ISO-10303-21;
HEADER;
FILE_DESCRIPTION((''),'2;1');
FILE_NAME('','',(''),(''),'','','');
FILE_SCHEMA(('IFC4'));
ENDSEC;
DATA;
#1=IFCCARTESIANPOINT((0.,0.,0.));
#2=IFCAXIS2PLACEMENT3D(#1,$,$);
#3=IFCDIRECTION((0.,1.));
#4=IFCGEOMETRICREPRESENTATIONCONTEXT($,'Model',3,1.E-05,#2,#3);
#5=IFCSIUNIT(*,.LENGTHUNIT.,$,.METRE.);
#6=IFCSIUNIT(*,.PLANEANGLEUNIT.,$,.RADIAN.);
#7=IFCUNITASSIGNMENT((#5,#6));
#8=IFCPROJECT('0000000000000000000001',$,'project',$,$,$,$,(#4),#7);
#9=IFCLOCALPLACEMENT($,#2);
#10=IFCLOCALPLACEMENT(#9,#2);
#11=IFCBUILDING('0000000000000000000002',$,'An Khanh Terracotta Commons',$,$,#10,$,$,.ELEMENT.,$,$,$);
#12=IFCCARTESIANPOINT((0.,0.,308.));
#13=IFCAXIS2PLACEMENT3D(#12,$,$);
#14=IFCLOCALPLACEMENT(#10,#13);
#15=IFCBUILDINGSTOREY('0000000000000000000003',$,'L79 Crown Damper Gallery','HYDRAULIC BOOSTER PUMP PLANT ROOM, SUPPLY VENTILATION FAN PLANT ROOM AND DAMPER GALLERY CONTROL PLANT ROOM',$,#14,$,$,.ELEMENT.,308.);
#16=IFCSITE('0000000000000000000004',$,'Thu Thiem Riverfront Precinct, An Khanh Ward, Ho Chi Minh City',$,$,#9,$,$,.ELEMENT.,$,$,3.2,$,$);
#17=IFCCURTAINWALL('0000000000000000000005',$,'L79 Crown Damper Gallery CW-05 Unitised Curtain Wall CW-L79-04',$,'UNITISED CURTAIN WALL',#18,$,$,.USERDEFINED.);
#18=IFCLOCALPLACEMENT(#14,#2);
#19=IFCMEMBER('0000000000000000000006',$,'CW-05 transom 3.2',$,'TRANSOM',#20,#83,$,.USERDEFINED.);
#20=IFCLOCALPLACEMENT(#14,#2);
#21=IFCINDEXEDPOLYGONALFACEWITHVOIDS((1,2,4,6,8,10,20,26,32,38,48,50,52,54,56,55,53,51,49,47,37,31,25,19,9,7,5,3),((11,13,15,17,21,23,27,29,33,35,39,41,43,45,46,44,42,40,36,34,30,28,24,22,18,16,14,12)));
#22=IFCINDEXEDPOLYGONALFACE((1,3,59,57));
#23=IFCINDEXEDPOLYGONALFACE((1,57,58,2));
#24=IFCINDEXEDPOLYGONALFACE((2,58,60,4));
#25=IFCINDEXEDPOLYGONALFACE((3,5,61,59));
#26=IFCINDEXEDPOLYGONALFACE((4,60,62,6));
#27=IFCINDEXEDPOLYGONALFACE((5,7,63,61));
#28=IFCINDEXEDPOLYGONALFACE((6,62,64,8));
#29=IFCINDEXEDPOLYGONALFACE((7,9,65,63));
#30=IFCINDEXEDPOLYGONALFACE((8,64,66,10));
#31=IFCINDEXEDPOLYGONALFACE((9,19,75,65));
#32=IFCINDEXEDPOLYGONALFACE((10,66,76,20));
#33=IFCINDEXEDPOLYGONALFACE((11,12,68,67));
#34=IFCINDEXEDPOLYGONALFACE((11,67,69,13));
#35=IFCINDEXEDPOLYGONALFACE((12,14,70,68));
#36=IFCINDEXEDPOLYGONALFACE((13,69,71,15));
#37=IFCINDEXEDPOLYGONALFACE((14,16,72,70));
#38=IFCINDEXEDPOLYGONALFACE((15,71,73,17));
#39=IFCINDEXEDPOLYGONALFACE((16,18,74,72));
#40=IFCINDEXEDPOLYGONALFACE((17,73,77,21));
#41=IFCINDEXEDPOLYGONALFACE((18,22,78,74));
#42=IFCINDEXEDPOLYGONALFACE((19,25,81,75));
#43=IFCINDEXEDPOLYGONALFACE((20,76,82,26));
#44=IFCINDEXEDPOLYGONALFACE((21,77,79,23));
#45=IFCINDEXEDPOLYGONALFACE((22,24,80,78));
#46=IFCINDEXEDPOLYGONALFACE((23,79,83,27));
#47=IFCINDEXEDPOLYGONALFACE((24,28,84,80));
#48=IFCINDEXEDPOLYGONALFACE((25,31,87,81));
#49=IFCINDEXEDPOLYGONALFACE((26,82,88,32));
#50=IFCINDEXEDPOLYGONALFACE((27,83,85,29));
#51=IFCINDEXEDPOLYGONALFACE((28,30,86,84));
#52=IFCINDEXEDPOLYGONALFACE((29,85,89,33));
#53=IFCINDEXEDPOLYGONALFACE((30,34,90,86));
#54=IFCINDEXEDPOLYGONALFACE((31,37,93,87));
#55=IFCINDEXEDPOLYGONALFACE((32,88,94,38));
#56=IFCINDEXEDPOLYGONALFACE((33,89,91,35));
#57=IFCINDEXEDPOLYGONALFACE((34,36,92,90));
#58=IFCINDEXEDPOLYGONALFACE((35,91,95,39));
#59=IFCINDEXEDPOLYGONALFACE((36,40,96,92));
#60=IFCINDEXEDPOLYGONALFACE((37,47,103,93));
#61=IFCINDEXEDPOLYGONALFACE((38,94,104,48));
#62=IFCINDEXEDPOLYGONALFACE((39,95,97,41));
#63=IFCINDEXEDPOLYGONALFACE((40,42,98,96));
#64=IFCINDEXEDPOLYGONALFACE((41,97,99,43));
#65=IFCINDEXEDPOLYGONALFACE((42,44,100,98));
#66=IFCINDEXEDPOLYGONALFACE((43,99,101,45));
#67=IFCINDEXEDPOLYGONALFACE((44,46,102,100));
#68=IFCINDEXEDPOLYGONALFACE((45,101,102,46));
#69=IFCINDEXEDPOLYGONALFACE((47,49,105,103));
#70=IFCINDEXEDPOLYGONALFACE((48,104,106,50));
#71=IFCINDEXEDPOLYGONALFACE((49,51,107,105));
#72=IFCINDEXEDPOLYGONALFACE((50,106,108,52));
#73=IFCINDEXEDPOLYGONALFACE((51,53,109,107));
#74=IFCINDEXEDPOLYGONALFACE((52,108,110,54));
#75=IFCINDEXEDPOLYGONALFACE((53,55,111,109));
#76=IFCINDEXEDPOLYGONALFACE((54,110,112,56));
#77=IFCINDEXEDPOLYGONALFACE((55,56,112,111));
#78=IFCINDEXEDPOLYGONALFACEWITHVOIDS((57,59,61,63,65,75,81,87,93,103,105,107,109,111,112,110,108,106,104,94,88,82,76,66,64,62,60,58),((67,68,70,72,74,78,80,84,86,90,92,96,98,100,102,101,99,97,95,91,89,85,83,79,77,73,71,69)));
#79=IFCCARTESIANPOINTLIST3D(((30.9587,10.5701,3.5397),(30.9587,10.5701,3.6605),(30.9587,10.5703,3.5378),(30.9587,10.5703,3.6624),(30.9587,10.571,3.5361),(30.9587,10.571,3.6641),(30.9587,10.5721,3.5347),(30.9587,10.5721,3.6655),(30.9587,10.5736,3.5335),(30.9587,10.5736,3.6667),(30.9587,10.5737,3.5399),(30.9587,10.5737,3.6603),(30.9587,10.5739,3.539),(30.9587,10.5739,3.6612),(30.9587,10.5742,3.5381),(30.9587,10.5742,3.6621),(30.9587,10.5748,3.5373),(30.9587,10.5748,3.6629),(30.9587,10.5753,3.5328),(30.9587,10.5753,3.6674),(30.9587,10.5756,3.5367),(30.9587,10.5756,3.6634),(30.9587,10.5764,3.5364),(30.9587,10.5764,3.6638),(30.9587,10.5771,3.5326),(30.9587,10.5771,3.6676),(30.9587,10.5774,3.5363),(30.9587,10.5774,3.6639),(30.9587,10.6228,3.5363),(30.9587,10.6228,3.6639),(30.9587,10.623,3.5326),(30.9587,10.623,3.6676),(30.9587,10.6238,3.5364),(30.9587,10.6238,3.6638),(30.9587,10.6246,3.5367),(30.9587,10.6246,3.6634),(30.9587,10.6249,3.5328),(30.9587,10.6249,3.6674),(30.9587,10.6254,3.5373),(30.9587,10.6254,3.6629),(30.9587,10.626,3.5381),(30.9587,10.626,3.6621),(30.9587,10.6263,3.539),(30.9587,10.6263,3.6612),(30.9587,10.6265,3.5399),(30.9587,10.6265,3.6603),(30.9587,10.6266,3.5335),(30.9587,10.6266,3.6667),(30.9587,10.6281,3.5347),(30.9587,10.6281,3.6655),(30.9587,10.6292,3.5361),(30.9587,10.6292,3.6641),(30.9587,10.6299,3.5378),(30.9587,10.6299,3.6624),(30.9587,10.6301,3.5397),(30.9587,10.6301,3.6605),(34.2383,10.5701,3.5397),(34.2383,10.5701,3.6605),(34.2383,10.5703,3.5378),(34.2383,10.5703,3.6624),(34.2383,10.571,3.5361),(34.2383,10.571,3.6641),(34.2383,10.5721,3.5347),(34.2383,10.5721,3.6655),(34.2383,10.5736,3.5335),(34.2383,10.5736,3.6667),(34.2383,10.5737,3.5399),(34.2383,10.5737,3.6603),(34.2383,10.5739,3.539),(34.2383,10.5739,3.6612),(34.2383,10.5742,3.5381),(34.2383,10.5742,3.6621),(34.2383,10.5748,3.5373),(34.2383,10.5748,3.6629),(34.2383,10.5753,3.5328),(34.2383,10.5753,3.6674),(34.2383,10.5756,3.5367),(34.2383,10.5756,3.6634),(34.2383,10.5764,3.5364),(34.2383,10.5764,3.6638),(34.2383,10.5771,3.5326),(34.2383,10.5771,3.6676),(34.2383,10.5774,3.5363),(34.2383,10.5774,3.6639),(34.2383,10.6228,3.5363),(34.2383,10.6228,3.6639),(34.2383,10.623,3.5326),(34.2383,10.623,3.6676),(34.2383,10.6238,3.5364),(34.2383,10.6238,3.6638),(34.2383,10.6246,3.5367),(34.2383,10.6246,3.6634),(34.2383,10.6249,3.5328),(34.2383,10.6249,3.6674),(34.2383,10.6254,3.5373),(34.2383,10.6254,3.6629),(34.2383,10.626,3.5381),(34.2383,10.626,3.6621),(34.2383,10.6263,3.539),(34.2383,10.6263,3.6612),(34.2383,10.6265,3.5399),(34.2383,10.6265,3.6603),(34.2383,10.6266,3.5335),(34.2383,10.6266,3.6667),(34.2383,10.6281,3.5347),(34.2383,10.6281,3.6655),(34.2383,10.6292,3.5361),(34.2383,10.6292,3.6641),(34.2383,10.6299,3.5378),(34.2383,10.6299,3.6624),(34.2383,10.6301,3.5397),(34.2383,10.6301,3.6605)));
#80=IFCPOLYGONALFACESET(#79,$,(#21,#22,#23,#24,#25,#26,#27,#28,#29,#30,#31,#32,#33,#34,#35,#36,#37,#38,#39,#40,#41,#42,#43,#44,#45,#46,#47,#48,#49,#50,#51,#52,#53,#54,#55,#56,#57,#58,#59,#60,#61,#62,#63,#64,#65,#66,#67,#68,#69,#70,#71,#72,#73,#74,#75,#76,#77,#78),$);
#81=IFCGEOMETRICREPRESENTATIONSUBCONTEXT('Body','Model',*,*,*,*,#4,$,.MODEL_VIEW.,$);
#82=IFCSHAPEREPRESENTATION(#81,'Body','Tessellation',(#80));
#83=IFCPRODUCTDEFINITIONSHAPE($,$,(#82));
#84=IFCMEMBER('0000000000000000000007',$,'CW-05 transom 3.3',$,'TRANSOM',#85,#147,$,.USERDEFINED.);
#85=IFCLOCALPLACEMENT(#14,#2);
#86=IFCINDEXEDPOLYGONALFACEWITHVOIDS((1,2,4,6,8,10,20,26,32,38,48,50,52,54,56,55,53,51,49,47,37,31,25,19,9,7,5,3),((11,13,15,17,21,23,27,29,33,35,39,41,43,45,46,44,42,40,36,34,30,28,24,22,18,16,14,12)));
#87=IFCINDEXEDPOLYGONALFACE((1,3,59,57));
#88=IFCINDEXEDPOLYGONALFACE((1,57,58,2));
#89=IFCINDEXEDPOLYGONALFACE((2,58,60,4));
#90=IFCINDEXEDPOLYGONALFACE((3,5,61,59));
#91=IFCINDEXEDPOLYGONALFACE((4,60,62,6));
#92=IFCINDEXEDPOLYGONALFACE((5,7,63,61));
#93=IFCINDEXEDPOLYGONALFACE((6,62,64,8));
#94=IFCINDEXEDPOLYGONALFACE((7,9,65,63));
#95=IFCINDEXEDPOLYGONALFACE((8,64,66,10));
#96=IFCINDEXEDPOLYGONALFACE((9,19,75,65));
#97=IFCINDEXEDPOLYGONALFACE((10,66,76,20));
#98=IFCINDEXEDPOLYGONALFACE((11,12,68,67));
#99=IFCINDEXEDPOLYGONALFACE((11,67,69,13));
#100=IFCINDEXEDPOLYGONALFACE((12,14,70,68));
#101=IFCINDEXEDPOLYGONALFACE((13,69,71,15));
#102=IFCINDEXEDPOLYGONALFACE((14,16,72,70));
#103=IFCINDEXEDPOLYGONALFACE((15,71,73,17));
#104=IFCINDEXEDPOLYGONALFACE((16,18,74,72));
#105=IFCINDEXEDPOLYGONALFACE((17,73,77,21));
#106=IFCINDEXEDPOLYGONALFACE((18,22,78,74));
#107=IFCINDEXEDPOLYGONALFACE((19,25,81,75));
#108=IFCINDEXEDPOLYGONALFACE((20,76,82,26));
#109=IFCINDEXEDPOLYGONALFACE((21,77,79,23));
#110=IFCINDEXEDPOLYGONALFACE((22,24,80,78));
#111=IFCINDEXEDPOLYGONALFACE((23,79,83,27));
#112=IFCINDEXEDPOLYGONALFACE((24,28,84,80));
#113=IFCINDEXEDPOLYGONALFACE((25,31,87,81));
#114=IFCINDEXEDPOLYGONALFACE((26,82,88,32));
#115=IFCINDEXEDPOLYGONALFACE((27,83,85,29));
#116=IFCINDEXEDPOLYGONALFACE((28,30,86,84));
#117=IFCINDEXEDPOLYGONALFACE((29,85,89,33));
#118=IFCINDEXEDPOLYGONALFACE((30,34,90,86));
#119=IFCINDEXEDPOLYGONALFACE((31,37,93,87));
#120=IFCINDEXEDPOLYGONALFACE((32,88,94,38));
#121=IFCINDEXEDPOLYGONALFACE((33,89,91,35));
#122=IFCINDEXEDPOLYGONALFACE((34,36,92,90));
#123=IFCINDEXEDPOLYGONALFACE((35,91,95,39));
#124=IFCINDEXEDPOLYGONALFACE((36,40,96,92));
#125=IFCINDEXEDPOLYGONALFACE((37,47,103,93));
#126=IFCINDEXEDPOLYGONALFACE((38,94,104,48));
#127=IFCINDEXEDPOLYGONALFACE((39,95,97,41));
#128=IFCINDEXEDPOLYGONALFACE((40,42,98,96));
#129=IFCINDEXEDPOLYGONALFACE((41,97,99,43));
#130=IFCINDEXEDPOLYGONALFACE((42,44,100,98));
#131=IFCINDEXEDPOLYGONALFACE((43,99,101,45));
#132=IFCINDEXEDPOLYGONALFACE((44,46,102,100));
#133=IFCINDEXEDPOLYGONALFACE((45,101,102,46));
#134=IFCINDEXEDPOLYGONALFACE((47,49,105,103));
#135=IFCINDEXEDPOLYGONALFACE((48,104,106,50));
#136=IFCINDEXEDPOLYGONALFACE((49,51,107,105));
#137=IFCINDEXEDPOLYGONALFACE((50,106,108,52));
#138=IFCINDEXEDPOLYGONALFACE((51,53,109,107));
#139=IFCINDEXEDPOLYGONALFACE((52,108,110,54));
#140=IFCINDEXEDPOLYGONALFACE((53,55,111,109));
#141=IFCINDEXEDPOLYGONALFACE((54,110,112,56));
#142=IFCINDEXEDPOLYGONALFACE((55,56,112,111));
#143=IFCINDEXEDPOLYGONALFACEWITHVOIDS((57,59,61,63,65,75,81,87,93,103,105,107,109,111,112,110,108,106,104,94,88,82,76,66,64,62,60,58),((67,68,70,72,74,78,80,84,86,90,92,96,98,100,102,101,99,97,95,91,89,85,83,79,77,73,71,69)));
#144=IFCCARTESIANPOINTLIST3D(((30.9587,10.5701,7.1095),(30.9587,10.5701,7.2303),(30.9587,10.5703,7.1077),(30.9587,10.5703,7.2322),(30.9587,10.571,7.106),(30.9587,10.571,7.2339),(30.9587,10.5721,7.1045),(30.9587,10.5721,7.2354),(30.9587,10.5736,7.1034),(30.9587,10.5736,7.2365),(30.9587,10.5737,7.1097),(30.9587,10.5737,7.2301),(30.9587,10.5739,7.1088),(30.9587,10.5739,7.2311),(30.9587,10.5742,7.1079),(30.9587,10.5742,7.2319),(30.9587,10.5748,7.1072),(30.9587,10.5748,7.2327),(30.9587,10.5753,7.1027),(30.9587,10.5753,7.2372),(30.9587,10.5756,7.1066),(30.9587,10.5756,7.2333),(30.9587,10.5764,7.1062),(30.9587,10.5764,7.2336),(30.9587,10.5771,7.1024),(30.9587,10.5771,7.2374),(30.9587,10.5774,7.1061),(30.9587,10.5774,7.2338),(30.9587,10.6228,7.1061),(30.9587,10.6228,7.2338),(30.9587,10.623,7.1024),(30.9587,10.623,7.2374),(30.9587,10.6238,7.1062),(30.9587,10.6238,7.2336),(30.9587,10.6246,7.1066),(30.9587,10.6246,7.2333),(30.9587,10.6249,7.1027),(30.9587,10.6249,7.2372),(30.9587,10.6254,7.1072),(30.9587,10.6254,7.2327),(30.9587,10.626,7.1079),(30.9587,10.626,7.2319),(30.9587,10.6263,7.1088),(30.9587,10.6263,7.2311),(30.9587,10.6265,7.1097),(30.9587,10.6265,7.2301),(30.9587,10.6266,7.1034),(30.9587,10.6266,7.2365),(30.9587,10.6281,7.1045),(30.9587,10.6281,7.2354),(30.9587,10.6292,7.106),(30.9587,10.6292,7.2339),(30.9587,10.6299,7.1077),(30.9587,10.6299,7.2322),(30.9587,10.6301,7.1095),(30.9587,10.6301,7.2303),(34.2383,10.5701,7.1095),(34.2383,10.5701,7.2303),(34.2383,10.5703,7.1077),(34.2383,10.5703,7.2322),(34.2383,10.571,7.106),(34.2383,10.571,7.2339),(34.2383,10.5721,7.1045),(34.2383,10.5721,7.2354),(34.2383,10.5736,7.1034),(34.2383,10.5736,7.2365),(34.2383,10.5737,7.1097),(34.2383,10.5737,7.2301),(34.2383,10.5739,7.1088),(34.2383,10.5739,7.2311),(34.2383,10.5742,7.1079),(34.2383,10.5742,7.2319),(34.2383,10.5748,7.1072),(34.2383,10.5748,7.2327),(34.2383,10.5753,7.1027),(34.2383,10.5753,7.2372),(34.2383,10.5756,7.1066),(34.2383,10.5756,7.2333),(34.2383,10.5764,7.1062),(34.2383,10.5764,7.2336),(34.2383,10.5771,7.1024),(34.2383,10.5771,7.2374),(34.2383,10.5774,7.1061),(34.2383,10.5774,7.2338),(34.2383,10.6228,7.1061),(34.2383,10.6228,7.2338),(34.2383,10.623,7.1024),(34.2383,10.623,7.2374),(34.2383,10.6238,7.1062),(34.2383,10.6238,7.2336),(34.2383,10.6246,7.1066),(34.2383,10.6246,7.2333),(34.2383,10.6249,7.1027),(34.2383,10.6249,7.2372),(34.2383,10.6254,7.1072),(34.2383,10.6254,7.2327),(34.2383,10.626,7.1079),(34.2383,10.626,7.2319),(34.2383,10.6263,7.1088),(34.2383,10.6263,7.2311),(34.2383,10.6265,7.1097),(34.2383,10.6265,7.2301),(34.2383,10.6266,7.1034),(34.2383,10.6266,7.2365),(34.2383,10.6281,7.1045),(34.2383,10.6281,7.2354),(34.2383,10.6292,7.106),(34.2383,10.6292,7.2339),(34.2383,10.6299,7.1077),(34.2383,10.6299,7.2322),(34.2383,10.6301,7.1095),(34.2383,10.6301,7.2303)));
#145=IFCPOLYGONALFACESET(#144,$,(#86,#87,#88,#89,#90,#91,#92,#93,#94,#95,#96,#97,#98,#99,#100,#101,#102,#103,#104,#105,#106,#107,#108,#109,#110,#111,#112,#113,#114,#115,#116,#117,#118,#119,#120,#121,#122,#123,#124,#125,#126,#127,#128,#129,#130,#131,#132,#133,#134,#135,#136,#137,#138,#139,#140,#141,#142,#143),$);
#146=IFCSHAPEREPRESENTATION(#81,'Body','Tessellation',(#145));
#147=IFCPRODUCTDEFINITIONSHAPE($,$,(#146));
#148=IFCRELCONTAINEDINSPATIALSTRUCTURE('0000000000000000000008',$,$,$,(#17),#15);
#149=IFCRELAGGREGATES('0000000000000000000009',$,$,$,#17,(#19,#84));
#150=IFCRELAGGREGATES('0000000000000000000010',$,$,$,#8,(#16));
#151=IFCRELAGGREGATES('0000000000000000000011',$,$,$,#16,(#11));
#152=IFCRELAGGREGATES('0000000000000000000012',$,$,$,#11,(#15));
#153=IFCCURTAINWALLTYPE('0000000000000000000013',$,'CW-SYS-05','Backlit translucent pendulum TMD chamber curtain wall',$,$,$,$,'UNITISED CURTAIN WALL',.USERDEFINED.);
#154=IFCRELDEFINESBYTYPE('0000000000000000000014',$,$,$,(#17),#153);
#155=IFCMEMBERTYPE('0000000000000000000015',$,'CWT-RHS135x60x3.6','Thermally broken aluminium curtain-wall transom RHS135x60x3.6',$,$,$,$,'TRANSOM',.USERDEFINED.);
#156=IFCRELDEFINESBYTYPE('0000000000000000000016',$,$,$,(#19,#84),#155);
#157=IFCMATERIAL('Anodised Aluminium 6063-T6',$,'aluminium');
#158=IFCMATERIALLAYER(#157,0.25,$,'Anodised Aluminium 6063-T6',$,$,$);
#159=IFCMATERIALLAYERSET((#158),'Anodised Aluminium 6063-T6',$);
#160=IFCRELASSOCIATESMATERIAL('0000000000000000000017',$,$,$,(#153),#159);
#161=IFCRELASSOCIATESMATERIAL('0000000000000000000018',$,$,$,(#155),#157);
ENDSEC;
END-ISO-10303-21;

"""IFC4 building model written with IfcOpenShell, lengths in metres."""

from ifc_helpers import new_model, si_unit, direction, frame, origin, origin_2d, place, context, subcontext, project, spatial, hollow_rectangle, extrude, material, layer, layer_set, material_profile, profile_set, type_object, element, aggregate, save


model = new_model("IFC4")

# Units and contexts
model_context = context("Model", 3, precision=1e-05, world=origin(), true_north=direction((0.0, 1.0)))
body_context = subcontext(model_context, "Body", "Model", "MODEL_VIEW")
ifc_project = project(units=[si_unit("LENGTHUNIT", "METRE"), si_unit("PLANEANGLEUNIT", "RADIAN")], contexts=[model_context])

# Site, building, storey
site_placement = place(None, origin())
site = spatial("IfcSite", under=ifc_project, at=site_placement, Name="Thu Thiem Riverfront Precinct, An Khanh Ward, Ho Chi Minh City", CompositionType="ELEMENT", RefElevation=3.2)
building_placement = place(site_placement, origin())
building = spatial("IfcBuilding", under=site, at=building_placement, Name="An Khanh Terracotta Commons", CompositionType="ELEMENT")
storey_placement = place(building_placement, frame((0.0, 0.0, 308.0)))
storey = spatial("IfcBuildingStorey", under=building, at=storey_placement, Name="L79 Crown Damper Gallery", Description="HYDRAULIC BOOSTER PUMP PLANT ROOM, SUPPLY VENTILATION FAN PLANT ROOM AND DAMPER GALLERY CONTROL PLANT ROOM", CompositionType="ELEMENT", Elevation=308.0)

# Curtain wall, members
ifc_material_1 = material(Name="Anodised Aluminium 6063-T6", Category="aluminium")
ifc_layer_1 = layer(ifc_material_1, 0.25, Name="Anodised Aluminium 6063-T6")
ifc_layer_set_1 = layer_set([ifc_layer_1], Name="Anodised Aluminium 6063-T6")
curtain_wall_type = type_object("IfcCurtainWallType", Name="CW-SYS-05", Description="Backlit translucent pendulum TMD chamber curtain wall", ElementType="UNITISED CURTAIN WALL", PredefinedType="USERDEFINED", material=ifc_layer_set_1)
curtain_wall_placement = place(storey_placement, origin())
curtain_wall = element("IfcCurtainWall", 1, at=curtain_wall_placement, inside=storey, type_object=curtain_wall_type, Name="L79 Crown Damper Gallery CW-05 Unitised Curtain Wall CW-L79-04", ObjectType="UNITISED CURTAIN WALL", PredefinedType="USERDEFINED")
ifc_material_profile_1 = material_profile(ifc_material_1, hollow_rectangle(XDim=0.0601, YDim=0.135, WallThickness=0.0037, InnerFilletRadius=0.0037, OuterFilletRadius=0.0071, at=origin_2d()), Name="RHS135x60x3.6")
ifc_profile_set_1 = profile_set([ifc_material_profile_1], Name="Anodised Aluminium 6063-T6")
member_type_1 = type_object("IfcMemberType", Name="CWT-RHS135x60x3.6", Description="Thermally broken aluminium curtain-wall transom RHS135x60x3.6", ElementType="TRANSOM", PredefinedType="USERDEFINED", material=ifc_profile_set_1)
member_1_placement = place(storey_placement, frame((30.9587, 10.6001, 3.6001), z_axis=(1.0, 0.0, 0.0), x_axis=(0.0, 1.0, 0.0)))
member_1 = element("IfcMember", 2, at=member_1_placement, type_object=member_type_1, Name="CW-05 transom 3.2", ObjectType="TRANSOM", PredefinedType="USERDEFINED", context=body_context, shape_type="SweptSolid", body=[
    extrude(hollow_rectangle(XDim=0.0601, YDim=0.135, WallThickness=0.0037, InnerFilletRadius=0.0037, OuterFilletRadius=0.0071, at=origin_2d()), origin(), (0.0, 0.0, 1.0), 3.2795),
])
member_2_placement = place(storey_placement, frame((30.9587, 10.6001, 7.1699), z_axis=(1.0, 0.0, 0.0), x_axis=(0.0, 1.0, 0.0)))
member_2 = element("IfcMember", 3, at=member_2_placement, type_object=member_type_1, Name="CW-05 transom 3.3", ObjectType="TRANSOM", PredefinedType="USERDEFINED", context=body_context, shape_type="SweptSolid", body=[
    extrude(hollow_rectangle(XDim=0.0601, YDim=0.135, WallThickness=0.0037, InnerFilletRadius=0.0037, OuterFilletRadius=0.0071, at=origin_2d()), origin(), (0.0, 0.0, 1.0), 3.2795),
])
aggregate(curtain_wall, [member_1, member_2])

save(model, "model.ifc")
